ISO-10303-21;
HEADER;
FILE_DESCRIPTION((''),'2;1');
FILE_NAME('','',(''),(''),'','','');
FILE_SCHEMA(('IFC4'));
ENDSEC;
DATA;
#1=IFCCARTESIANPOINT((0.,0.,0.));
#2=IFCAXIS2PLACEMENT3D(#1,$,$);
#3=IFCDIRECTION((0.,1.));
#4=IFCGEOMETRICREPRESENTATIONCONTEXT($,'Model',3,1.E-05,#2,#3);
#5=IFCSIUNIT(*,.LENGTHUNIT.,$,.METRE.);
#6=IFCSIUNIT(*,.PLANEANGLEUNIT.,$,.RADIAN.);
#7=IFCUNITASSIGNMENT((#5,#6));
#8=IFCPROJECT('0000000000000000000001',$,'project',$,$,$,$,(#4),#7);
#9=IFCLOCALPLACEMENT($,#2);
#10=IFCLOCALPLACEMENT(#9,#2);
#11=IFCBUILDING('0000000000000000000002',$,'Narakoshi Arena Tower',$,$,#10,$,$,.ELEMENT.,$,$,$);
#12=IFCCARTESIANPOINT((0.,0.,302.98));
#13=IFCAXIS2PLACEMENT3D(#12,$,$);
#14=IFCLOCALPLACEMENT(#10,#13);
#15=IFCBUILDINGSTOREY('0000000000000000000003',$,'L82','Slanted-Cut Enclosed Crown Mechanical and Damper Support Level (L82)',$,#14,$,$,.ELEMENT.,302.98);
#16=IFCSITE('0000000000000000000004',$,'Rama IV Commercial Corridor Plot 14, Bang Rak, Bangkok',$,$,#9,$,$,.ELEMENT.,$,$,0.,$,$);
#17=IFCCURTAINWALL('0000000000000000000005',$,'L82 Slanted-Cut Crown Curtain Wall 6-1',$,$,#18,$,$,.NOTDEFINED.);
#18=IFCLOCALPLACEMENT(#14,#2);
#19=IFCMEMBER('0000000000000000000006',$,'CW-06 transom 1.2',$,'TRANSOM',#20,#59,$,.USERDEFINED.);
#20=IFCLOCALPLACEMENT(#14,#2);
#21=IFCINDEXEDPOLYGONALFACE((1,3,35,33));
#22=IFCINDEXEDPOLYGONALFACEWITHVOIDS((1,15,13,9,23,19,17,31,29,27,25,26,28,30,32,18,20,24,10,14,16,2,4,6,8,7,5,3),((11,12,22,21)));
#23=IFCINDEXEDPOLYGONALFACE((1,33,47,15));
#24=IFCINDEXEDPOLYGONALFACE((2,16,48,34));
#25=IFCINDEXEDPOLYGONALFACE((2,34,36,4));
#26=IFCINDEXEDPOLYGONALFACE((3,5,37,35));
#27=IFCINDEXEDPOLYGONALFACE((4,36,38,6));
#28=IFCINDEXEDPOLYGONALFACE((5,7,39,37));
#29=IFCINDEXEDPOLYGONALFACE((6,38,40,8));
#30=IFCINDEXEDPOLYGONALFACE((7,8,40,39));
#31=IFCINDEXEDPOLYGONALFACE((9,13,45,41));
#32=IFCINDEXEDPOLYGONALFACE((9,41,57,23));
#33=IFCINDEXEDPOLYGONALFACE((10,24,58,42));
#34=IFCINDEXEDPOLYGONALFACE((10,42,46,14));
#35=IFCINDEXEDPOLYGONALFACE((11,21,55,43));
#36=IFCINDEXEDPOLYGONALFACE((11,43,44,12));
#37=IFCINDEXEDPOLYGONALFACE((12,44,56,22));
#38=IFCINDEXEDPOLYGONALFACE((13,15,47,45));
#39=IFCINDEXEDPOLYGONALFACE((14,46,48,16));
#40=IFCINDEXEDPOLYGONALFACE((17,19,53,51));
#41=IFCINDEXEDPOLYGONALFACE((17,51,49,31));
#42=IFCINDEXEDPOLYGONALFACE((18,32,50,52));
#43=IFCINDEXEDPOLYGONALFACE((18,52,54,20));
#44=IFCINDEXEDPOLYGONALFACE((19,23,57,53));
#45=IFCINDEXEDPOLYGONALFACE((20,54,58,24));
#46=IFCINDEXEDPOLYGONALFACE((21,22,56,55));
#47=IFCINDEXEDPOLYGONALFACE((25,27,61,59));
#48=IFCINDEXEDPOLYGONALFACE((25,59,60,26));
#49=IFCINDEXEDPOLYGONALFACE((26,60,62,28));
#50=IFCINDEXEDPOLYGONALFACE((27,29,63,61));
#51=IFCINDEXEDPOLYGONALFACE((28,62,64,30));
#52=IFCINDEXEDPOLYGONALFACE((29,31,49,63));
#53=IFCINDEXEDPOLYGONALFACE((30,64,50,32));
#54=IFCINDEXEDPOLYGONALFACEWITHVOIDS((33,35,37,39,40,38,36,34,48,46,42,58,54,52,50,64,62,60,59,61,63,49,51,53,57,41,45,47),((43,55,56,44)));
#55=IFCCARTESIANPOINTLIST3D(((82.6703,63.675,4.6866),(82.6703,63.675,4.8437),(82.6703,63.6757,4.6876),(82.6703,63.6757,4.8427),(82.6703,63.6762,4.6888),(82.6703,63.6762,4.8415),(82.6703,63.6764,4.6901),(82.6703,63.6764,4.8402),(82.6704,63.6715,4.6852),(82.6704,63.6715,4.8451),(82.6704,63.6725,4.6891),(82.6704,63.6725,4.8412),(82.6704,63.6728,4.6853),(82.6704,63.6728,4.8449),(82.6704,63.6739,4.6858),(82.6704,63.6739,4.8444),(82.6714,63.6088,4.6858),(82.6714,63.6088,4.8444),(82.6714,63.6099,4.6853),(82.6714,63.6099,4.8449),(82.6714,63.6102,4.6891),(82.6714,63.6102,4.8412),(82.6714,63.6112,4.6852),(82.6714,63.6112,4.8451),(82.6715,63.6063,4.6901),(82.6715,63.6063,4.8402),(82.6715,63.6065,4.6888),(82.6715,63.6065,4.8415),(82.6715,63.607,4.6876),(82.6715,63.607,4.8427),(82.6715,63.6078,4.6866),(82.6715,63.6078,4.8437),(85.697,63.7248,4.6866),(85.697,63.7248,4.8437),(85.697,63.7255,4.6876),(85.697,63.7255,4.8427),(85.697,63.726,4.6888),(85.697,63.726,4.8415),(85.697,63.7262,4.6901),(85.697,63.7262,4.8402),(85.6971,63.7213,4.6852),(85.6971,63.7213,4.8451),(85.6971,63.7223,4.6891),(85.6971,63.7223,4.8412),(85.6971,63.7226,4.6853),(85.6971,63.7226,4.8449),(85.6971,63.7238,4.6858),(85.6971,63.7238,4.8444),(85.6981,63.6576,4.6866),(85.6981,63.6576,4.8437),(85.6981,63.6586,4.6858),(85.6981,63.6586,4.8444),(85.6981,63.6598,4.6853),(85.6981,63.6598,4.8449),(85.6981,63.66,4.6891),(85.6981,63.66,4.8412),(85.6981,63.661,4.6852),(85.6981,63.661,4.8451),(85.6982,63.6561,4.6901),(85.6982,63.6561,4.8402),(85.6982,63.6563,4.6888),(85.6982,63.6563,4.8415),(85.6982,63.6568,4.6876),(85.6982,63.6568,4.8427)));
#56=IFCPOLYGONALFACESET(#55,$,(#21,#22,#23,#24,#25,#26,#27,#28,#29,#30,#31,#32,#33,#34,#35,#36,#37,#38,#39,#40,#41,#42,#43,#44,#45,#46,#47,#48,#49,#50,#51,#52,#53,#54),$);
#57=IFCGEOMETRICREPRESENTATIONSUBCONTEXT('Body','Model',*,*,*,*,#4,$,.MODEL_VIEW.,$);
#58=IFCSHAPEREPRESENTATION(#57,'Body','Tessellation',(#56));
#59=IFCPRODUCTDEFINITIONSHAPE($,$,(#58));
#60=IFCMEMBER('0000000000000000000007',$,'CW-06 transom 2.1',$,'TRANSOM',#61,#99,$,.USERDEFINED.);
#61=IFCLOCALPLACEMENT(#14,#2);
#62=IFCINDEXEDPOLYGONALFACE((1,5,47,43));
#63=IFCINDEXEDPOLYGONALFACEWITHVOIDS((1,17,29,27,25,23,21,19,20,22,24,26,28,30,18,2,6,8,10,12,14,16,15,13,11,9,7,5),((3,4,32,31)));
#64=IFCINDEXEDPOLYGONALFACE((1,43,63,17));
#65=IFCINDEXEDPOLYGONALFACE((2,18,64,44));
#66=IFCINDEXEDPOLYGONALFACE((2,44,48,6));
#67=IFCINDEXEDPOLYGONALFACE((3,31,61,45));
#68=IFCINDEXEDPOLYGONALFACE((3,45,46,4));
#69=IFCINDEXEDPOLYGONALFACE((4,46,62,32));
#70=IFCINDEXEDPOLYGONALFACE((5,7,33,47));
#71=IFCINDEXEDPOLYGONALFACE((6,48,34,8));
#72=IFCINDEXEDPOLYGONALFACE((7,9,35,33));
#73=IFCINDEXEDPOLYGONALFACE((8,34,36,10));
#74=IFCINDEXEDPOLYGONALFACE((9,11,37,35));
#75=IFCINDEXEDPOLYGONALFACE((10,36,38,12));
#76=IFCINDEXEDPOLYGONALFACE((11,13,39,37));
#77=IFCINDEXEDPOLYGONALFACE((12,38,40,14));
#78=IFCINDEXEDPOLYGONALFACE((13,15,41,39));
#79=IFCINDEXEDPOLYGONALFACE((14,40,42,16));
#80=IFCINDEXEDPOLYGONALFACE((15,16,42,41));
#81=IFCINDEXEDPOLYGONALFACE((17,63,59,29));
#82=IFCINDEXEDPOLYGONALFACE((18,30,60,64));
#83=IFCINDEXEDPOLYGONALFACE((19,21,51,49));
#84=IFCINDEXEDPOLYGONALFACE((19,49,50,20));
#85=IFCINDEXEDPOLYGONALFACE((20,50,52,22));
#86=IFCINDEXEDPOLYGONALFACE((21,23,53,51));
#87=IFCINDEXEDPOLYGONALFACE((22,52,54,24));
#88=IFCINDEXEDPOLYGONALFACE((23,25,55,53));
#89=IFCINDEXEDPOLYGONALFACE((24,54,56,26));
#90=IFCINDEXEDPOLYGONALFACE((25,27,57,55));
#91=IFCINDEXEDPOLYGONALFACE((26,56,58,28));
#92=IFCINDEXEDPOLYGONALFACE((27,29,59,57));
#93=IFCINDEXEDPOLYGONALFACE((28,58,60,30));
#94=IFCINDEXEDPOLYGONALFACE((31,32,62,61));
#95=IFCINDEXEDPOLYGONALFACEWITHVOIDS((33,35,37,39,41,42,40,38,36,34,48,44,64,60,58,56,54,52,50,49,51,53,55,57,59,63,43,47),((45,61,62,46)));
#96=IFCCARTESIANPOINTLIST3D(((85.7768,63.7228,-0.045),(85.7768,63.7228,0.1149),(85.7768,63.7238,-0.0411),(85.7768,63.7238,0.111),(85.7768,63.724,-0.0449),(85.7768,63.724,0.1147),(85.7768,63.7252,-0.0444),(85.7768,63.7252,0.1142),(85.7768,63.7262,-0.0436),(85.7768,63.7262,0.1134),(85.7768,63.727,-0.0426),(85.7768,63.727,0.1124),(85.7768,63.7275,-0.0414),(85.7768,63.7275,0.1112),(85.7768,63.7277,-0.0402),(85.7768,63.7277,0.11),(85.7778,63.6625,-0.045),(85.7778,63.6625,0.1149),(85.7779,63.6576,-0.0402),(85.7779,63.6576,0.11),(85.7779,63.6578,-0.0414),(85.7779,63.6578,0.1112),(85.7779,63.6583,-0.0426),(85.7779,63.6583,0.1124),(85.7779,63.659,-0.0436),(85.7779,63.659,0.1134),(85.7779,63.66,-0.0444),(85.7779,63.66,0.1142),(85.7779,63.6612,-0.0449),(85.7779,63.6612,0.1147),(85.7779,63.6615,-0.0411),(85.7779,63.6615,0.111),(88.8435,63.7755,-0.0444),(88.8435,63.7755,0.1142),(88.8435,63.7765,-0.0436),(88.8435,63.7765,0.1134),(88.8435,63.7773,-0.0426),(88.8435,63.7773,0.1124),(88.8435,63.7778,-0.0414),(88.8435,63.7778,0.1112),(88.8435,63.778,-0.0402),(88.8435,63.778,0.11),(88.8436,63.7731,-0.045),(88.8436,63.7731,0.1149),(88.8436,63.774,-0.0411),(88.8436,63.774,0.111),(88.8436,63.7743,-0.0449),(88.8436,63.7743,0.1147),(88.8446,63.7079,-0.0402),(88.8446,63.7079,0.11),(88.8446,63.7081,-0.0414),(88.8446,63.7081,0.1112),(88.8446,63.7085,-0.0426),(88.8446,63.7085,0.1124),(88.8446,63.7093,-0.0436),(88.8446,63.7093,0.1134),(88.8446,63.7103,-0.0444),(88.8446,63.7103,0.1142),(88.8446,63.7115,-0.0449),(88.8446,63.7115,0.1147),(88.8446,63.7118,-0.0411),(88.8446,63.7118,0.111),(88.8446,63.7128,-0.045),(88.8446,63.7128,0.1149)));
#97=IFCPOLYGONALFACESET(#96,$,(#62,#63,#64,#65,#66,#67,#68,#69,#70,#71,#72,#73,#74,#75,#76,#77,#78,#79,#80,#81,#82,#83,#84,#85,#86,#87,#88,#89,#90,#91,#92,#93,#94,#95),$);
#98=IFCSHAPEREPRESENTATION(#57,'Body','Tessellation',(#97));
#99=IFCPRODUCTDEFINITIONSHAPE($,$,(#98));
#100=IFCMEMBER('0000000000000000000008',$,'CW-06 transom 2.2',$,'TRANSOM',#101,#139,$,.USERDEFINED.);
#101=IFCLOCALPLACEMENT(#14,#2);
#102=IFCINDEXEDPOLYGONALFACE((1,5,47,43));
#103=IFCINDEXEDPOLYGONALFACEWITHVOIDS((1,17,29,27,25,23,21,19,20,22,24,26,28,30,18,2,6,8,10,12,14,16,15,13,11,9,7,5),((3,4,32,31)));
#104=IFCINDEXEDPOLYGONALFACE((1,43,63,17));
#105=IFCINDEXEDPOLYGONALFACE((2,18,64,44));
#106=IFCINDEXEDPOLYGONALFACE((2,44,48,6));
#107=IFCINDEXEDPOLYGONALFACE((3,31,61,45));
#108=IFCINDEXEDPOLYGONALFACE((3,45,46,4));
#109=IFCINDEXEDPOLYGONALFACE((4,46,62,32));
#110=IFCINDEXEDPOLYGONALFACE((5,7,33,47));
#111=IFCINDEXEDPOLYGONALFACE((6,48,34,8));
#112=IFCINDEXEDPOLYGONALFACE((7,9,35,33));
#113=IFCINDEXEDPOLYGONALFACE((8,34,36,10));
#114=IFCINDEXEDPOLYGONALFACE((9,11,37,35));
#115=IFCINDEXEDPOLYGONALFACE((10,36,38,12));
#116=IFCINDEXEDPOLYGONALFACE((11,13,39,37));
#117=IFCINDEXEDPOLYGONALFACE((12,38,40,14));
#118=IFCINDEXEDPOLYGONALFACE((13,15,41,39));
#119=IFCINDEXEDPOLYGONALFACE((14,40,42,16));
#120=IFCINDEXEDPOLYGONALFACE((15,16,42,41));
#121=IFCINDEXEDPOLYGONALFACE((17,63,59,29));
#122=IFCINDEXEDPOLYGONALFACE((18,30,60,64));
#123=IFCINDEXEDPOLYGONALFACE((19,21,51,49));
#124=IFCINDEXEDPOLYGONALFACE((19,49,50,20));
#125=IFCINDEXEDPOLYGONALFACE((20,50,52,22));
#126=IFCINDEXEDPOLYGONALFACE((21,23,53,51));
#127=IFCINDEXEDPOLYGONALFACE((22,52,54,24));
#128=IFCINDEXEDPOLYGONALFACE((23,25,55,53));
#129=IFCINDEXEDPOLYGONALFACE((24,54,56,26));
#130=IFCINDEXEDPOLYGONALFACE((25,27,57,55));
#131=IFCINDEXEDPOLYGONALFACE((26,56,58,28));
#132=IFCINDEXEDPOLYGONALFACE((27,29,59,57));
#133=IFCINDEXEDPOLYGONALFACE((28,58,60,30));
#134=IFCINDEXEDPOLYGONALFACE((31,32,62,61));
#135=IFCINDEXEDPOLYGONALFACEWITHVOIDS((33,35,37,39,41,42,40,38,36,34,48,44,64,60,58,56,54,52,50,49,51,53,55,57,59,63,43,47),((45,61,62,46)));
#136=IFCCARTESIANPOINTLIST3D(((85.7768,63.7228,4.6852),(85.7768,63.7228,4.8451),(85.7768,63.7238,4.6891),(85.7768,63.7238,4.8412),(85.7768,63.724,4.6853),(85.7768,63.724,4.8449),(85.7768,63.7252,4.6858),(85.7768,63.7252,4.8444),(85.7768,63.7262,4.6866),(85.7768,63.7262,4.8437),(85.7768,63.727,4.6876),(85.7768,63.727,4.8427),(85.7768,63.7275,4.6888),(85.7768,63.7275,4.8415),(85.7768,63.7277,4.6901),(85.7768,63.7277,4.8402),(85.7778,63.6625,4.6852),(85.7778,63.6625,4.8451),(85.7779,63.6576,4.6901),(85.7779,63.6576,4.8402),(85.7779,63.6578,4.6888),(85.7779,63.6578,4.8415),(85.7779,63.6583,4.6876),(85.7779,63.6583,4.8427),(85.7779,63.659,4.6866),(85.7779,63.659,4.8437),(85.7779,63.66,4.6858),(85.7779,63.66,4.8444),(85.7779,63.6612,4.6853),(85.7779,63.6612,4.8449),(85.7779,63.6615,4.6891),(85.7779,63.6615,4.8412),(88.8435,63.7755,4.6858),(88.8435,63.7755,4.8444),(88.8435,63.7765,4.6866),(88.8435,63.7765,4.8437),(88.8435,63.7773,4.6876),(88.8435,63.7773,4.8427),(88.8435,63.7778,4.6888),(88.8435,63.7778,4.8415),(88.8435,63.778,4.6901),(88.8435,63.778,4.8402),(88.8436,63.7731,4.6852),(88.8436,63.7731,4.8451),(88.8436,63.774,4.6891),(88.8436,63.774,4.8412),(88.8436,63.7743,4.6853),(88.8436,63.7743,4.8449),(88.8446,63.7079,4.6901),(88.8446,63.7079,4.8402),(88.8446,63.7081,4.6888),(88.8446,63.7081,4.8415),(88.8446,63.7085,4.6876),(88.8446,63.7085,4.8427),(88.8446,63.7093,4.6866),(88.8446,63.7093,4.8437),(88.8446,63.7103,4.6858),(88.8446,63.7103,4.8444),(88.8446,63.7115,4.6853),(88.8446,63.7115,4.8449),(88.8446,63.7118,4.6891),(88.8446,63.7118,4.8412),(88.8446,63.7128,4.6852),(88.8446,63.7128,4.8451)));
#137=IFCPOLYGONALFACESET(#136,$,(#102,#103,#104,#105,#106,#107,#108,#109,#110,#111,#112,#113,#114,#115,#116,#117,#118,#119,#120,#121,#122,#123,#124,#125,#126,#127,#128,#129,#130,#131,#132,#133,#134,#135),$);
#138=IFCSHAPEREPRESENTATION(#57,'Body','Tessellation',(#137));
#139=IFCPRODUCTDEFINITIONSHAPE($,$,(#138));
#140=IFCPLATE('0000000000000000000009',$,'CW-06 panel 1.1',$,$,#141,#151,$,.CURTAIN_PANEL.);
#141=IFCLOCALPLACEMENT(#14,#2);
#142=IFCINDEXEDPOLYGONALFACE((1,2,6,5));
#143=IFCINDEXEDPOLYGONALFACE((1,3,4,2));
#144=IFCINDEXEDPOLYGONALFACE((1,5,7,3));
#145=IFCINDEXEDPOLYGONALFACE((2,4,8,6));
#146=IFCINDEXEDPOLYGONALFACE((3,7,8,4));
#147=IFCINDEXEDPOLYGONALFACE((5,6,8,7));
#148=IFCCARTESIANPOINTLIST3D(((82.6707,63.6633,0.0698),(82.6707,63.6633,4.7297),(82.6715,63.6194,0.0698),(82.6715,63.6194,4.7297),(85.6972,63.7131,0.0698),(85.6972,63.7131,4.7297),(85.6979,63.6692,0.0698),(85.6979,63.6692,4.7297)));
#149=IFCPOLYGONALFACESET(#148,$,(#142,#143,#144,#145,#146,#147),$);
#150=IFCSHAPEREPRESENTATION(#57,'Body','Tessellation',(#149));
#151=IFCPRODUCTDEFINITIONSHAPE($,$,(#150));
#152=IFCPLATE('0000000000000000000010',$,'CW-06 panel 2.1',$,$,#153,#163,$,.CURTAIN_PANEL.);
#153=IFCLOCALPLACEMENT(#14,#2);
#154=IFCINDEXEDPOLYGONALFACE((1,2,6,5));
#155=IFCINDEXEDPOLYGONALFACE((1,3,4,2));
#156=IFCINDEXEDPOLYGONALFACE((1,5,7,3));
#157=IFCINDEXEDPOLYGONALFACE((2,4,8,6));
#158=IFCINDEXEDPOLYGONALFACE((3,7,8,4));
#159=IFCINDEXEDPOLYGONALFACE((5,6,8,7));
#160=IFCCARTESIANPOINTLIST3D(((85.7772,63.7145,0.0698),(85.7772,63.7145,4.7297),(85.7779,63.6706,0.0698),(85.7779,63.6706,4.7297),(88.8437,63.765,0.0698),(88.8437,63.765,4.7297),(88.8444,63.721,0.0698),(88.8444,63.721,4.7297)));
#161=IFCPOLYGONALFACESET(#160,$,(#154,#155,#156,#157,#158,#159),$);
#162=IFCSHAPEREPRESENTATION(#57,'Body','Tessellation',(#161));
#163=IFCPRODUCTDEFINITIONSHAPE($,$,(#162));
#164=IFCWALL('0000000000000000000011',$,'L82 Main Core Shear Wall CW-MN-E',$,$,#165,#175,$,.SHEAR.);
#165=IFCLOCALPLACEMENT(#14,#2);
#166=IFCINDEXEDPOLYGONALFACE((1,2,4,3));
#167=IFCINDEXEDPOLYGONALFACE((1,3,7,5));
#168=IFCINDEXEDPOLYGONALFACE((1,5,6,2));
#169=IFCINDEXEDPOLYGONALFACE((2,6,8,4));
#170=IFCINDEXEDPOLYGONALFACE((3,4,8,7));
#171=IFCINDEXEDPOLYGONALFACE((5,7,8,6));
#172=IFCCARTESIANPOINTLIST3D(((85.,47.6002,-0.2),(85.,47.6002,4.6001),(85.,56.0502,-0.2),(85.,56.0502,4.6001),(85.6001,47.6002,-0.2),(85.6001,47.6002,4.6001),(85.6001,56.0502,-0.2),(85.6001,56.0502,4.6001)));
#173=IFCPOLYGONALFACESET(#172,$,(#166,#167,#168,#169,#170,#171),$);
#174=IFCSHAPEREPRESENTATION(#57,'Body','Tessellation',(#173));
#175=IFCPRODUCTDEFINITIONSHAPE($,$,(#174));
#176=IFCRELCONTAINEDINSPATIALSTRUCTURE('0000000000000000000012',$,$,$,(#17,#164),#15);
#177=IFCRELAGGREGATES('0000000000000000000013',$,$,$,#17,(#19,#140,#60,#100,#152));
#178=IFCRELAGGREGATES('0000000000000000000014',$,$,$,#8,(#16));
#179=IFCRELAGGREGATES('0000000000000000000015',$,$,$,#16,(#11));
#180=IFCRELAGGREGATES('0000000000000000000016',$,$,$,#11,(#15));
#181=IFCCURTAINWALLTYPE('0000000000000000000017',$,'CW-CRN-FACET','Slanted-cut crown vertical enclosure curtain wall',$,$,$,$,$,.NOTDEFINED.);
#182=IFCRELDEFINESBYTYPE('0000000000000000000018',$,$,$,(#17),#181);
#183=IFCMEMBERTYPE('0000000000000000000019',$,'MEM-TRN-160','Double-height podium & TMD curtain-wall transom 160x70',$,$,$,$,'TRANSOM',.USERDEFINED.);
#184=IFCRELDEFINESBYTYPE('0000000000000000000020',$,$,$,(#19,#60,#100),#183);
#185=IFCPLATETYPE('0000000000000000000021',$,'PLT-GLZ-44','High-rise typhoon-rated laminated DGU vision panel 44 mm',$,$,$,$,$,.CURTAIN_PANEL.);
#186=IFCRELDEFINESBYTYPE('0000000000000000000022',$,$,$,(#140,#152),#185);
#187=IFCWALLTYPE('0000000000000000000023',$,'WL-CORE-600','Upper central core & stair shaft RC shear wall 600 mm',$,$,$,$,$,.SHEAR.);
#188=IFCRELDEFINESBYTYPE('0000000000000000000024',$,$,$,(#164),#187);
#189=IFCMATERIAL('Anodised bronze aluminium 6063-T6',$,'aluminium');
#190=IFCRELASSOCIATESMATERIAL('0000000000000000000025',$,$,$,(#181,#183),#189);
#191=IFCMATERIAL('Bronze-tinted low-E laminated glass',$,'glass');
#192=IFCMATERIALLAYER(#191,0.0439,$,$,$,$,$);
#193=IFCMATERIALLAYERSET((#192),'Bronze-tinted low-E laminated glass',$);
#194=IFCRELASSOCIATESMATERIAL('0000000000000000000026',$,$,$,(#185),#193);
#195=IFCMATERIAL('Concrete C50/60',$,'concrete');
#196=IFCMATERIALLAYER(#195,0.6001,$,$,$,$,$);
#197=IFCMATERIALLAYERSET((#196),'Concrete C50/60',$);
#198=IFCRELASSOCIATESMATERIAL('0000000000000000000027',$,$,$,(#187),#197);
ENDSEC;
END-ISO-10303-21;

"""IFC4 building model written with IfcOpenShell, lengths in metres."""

from ifc_helpers import new_model, si_unit, direction, frame, frame_2d, origin, origin_2d, place, context, subcontext, project, spatial, rectangle, hollow_rectangle, extrude, material, layer, layer_set, material_profile, profile_set, type_object, element, aggregate, save


model = new_model("IFC4")

# Units and contexts
model_context = context("Model", 3, precision=1e-05, world=origin(), true_north=direction((0.0, 1.0)))
body_context = subcontext(model_context, "Body", "Model", "MODEL_VIEW")
ifc_project = project(units=[si_unit("LENGTHUNIT", "METRE"), si_unit("PLANEANGLEUNIT", "RADIAN")], contexts=[model_context])

# Site, building, storey
site_placement = place(None, origin())
site = spatial("IfcSite", under=ifc_project, at=site_placement, Name="Rama IV Commercial Corridor Plot 14, Bang Rak, Bangkok", CompositionType="ELEMENT", RefElevation=0.0)
building_placement = place(site_placement, origin())
building = spatial("IfcBuilding", under=site, at=building_placement, Name="Narakoshi Arena Tower", CompositionType="ELEMENT")
storey_placement = place(building_placement, frame((0.0, 0.0, 302.98)))
storey = spatial("IfcBuildingStorey", under=building, at=storey_placement, Name="L82", Description="Slanted-Cut Enclosed Crown Mechanical and Damper Support Level (L82)", CompositionType="ELEMENT", Elevation=302.98)

# Shared definitions
ifc_material_1 = material(Name="Anodised bronze aluminium 6063-T6", Category="aluminium")
curtain_wall_type = type_object("IfcCurtainWallType", Name="CW-CRN-FACET", Description="Slanted-cut crown vertical enclosure curtain wall", PredefinedType="NOTDEFINED", material=ifc_material_1)

# Curtain wall, members, plates
curtain_wall_1_placement = place(storey_placement, origin())
curtain_wall_1 = element("IfcCurtainWall", 1, at=curtain_wall_1_placement, inside=storey, type_object=curtain_wall_type, Name="L82 Slanted-Cut Crown Curtain Wall 6-1", PredefinedType="NOTDEFINED")
ifc_material_profile_1 = material_profile(ifc_material_1, hollow_rectangle(XDim=0.0701, YDim=0.1599, WallThickness=0.0039, OuterFilletRadius=0.0049, at=origin_2d()), Name="TRN160x70x4")
ifc_profile_set_1 = profile_set([ifc_material_profile_1], Name="Anodised bronze aluminium 6063-T6")
member_type_1 = type_object("IfcMemberType", Name="MEM-TRN-160", Description="Double-height podium & TMD curtain-wall transom 160x70", ElementType="TRANSOM", PredefinedType="USERDEFINED", material=ifc_profile_set_1)
member_1_placement = place(storey_placement, frame((82.6709, 63.6414, 4.7651), z_axis=(0.999865, 0.016453, 0.0), x_axis=(-0.016453, 0.999865, 0.0)))
member_1 = element("IfcMember", 2, at=member_1_placement, type_object=member_type_1, Name="CW-06 transom 1.2", ObjectType="TRANSOM", PredefinedType="USERDEFINED", context=body_context, shape_type="SweptSolid", body=[
    extrude(hollow_rectangle(XDim=0.0701, YDim=0.1599, WallThickness=0.0039, OuterFilletRadius=0.0049, at=origin_2d()), origin(), (0.0, 0.0, 1.0), 3.0271),
])
member_2_placement = place(storey_placement, frame((85.7773, 63.6926, 0.0349), z_axis=(0.999866, 0.016398, 0.0), x_axis=(-0.016398, 0.999866, 0.0)))
member_2 = element("IfcMember", 3, at=member_2_placement, type_object=member_type_1, Name="CW-06 transom 2.1", ObjectType="TRANSOM", PredefinedType="USERDEFINED", context=body_context, shape_type="SweptSolid", body=[
    extrude(hollow_rectangle(XDim=0.0701, YDim=0.1599, WallThickness=0.0039, OuterFilletRadius=0.0049, at=origin_2d()), origin(), (0.0, 0.0, 1.0), 3.0671),
])
member_3_placement = place(storey_placement, frame((85.7773, 63.6926, 4.7651), z_axis=(0.999866, 0.016398, 0.0), x_axis=(-0.016398, 0.999866, 0.0)))
member_3 = element("IfcMember", 4, at=member_3_placement, type_object=member_type_1, Name="CW-06 transom 2.2", ObjectType="TRANSOM", PredefinedType="USERDEFINED", context=body_context, shape_type="SweptSolid", body=[
    extrude(hollow_rectangle(XDim=0.0701, YDim=0.1599, WallThickness=0.0039, OuterFilletRadius=0.0049, at=origin_2d()), origin(), (0.0, 0.0, 1.0), 3.0671),
])
ifc_material_2 = material(Name="Bronze-tinted low-E laminated glass", Category="glass")
ifc_layer_1 = layer(ifc_material_2, 0.0439)
ifc_layer_set_1 = layer_set([ifc_layer_1], Name="Bronze-tinted low-E laminated glass")
plate_type = type_object("IfcPlateType", Name="PLT-GLZ-44", Description="High-rise typhoon-rated laminated DGU vision panel 44 mm", PredefinedType="CURTAIN_PANEL", material=ifc_layer_set_1)
plate_1_placement = place(storey_placement, frame((84.1843, 63.6663, 0.0698), z_axis=(0.0, 0.0, 1.0), x_axis=(0.999865, 0.016447, 0.0)))
plate_1 = element("IfcPlate", 5, at=plate_1_placement, type_object=plate_type, Name="CW-06 panel 1.1", PredefinedType="CURTAIN_PANEL", context=body_context, shape_type="SweptSolid", body=[
    extrude(rectangle(XDim=3.0269, YDim=0.0439, at=origin_2d()), origin(), (0.0, 0.0, 1.0), 4.6599),
])
plate_2_placement = place(storey_placement, frame((87.3108, 63.7178, 0.0698), z_axis=(0.0, 0.0, 1.0), x_axis=(0.999865, 0.016447, 0.0)))
plate_2 = element("IfcPlate", 6, at=plate_2_placement, type_object=plate_type, Name="CW-06 panel 2.1", PredefinedType="CURTAIN_PANEL", context=body_context, shape_type="SweptSolid", body=[
    extrude(rectangle(XDim=3.0669, YDim=0.0439, at=origin_2d()), origin(), (0.0, 0.0, 1.0), 4.6599),
])
aggregate(curtain_wall_1, [member_1, plate_1, member_2, member_3, plate_2])

# Wall
ifc_material_3 = material(Name="Concrete C50/60", Category="concrete")
ifc_layer_2 = layer(ifc_material_3, 0.6001)
ifc_layer_set_2 = layer_set([ifc_layer_2], Name="Concrete C50/60")
wall_type_1 = type_object("IfcWallType", Name="WL-CORE-600", Description="Upper central core & stair shaft RC shear wall 600 mm", PredefinedType="SHEAR", material=ifc_layer_set_2)
wall_1_placement = place(storey_placement, frame((85.3, 47.6001, -0.2), z_axis=(0.0, 0.0, 1.0), x_axis=(0.0, 1.0, 0.0)))
element("IfcWall", 7, at=wall_1_placement, inside=storey, type_object=wall_type_1, Name="L82 Main Core Shear Wall CW-MN-E", PredefinedType="SHEAR", context=body_context, shape_type="SweptSolid", body=[
    extrude(rectangle(XDim=8.45, YDim=0.6001, at=frame_2d((4.2251, 0.0))), origin(), (0.0, 0.0, 1.0), 4.8),
])

save(model, "model.ifc")
